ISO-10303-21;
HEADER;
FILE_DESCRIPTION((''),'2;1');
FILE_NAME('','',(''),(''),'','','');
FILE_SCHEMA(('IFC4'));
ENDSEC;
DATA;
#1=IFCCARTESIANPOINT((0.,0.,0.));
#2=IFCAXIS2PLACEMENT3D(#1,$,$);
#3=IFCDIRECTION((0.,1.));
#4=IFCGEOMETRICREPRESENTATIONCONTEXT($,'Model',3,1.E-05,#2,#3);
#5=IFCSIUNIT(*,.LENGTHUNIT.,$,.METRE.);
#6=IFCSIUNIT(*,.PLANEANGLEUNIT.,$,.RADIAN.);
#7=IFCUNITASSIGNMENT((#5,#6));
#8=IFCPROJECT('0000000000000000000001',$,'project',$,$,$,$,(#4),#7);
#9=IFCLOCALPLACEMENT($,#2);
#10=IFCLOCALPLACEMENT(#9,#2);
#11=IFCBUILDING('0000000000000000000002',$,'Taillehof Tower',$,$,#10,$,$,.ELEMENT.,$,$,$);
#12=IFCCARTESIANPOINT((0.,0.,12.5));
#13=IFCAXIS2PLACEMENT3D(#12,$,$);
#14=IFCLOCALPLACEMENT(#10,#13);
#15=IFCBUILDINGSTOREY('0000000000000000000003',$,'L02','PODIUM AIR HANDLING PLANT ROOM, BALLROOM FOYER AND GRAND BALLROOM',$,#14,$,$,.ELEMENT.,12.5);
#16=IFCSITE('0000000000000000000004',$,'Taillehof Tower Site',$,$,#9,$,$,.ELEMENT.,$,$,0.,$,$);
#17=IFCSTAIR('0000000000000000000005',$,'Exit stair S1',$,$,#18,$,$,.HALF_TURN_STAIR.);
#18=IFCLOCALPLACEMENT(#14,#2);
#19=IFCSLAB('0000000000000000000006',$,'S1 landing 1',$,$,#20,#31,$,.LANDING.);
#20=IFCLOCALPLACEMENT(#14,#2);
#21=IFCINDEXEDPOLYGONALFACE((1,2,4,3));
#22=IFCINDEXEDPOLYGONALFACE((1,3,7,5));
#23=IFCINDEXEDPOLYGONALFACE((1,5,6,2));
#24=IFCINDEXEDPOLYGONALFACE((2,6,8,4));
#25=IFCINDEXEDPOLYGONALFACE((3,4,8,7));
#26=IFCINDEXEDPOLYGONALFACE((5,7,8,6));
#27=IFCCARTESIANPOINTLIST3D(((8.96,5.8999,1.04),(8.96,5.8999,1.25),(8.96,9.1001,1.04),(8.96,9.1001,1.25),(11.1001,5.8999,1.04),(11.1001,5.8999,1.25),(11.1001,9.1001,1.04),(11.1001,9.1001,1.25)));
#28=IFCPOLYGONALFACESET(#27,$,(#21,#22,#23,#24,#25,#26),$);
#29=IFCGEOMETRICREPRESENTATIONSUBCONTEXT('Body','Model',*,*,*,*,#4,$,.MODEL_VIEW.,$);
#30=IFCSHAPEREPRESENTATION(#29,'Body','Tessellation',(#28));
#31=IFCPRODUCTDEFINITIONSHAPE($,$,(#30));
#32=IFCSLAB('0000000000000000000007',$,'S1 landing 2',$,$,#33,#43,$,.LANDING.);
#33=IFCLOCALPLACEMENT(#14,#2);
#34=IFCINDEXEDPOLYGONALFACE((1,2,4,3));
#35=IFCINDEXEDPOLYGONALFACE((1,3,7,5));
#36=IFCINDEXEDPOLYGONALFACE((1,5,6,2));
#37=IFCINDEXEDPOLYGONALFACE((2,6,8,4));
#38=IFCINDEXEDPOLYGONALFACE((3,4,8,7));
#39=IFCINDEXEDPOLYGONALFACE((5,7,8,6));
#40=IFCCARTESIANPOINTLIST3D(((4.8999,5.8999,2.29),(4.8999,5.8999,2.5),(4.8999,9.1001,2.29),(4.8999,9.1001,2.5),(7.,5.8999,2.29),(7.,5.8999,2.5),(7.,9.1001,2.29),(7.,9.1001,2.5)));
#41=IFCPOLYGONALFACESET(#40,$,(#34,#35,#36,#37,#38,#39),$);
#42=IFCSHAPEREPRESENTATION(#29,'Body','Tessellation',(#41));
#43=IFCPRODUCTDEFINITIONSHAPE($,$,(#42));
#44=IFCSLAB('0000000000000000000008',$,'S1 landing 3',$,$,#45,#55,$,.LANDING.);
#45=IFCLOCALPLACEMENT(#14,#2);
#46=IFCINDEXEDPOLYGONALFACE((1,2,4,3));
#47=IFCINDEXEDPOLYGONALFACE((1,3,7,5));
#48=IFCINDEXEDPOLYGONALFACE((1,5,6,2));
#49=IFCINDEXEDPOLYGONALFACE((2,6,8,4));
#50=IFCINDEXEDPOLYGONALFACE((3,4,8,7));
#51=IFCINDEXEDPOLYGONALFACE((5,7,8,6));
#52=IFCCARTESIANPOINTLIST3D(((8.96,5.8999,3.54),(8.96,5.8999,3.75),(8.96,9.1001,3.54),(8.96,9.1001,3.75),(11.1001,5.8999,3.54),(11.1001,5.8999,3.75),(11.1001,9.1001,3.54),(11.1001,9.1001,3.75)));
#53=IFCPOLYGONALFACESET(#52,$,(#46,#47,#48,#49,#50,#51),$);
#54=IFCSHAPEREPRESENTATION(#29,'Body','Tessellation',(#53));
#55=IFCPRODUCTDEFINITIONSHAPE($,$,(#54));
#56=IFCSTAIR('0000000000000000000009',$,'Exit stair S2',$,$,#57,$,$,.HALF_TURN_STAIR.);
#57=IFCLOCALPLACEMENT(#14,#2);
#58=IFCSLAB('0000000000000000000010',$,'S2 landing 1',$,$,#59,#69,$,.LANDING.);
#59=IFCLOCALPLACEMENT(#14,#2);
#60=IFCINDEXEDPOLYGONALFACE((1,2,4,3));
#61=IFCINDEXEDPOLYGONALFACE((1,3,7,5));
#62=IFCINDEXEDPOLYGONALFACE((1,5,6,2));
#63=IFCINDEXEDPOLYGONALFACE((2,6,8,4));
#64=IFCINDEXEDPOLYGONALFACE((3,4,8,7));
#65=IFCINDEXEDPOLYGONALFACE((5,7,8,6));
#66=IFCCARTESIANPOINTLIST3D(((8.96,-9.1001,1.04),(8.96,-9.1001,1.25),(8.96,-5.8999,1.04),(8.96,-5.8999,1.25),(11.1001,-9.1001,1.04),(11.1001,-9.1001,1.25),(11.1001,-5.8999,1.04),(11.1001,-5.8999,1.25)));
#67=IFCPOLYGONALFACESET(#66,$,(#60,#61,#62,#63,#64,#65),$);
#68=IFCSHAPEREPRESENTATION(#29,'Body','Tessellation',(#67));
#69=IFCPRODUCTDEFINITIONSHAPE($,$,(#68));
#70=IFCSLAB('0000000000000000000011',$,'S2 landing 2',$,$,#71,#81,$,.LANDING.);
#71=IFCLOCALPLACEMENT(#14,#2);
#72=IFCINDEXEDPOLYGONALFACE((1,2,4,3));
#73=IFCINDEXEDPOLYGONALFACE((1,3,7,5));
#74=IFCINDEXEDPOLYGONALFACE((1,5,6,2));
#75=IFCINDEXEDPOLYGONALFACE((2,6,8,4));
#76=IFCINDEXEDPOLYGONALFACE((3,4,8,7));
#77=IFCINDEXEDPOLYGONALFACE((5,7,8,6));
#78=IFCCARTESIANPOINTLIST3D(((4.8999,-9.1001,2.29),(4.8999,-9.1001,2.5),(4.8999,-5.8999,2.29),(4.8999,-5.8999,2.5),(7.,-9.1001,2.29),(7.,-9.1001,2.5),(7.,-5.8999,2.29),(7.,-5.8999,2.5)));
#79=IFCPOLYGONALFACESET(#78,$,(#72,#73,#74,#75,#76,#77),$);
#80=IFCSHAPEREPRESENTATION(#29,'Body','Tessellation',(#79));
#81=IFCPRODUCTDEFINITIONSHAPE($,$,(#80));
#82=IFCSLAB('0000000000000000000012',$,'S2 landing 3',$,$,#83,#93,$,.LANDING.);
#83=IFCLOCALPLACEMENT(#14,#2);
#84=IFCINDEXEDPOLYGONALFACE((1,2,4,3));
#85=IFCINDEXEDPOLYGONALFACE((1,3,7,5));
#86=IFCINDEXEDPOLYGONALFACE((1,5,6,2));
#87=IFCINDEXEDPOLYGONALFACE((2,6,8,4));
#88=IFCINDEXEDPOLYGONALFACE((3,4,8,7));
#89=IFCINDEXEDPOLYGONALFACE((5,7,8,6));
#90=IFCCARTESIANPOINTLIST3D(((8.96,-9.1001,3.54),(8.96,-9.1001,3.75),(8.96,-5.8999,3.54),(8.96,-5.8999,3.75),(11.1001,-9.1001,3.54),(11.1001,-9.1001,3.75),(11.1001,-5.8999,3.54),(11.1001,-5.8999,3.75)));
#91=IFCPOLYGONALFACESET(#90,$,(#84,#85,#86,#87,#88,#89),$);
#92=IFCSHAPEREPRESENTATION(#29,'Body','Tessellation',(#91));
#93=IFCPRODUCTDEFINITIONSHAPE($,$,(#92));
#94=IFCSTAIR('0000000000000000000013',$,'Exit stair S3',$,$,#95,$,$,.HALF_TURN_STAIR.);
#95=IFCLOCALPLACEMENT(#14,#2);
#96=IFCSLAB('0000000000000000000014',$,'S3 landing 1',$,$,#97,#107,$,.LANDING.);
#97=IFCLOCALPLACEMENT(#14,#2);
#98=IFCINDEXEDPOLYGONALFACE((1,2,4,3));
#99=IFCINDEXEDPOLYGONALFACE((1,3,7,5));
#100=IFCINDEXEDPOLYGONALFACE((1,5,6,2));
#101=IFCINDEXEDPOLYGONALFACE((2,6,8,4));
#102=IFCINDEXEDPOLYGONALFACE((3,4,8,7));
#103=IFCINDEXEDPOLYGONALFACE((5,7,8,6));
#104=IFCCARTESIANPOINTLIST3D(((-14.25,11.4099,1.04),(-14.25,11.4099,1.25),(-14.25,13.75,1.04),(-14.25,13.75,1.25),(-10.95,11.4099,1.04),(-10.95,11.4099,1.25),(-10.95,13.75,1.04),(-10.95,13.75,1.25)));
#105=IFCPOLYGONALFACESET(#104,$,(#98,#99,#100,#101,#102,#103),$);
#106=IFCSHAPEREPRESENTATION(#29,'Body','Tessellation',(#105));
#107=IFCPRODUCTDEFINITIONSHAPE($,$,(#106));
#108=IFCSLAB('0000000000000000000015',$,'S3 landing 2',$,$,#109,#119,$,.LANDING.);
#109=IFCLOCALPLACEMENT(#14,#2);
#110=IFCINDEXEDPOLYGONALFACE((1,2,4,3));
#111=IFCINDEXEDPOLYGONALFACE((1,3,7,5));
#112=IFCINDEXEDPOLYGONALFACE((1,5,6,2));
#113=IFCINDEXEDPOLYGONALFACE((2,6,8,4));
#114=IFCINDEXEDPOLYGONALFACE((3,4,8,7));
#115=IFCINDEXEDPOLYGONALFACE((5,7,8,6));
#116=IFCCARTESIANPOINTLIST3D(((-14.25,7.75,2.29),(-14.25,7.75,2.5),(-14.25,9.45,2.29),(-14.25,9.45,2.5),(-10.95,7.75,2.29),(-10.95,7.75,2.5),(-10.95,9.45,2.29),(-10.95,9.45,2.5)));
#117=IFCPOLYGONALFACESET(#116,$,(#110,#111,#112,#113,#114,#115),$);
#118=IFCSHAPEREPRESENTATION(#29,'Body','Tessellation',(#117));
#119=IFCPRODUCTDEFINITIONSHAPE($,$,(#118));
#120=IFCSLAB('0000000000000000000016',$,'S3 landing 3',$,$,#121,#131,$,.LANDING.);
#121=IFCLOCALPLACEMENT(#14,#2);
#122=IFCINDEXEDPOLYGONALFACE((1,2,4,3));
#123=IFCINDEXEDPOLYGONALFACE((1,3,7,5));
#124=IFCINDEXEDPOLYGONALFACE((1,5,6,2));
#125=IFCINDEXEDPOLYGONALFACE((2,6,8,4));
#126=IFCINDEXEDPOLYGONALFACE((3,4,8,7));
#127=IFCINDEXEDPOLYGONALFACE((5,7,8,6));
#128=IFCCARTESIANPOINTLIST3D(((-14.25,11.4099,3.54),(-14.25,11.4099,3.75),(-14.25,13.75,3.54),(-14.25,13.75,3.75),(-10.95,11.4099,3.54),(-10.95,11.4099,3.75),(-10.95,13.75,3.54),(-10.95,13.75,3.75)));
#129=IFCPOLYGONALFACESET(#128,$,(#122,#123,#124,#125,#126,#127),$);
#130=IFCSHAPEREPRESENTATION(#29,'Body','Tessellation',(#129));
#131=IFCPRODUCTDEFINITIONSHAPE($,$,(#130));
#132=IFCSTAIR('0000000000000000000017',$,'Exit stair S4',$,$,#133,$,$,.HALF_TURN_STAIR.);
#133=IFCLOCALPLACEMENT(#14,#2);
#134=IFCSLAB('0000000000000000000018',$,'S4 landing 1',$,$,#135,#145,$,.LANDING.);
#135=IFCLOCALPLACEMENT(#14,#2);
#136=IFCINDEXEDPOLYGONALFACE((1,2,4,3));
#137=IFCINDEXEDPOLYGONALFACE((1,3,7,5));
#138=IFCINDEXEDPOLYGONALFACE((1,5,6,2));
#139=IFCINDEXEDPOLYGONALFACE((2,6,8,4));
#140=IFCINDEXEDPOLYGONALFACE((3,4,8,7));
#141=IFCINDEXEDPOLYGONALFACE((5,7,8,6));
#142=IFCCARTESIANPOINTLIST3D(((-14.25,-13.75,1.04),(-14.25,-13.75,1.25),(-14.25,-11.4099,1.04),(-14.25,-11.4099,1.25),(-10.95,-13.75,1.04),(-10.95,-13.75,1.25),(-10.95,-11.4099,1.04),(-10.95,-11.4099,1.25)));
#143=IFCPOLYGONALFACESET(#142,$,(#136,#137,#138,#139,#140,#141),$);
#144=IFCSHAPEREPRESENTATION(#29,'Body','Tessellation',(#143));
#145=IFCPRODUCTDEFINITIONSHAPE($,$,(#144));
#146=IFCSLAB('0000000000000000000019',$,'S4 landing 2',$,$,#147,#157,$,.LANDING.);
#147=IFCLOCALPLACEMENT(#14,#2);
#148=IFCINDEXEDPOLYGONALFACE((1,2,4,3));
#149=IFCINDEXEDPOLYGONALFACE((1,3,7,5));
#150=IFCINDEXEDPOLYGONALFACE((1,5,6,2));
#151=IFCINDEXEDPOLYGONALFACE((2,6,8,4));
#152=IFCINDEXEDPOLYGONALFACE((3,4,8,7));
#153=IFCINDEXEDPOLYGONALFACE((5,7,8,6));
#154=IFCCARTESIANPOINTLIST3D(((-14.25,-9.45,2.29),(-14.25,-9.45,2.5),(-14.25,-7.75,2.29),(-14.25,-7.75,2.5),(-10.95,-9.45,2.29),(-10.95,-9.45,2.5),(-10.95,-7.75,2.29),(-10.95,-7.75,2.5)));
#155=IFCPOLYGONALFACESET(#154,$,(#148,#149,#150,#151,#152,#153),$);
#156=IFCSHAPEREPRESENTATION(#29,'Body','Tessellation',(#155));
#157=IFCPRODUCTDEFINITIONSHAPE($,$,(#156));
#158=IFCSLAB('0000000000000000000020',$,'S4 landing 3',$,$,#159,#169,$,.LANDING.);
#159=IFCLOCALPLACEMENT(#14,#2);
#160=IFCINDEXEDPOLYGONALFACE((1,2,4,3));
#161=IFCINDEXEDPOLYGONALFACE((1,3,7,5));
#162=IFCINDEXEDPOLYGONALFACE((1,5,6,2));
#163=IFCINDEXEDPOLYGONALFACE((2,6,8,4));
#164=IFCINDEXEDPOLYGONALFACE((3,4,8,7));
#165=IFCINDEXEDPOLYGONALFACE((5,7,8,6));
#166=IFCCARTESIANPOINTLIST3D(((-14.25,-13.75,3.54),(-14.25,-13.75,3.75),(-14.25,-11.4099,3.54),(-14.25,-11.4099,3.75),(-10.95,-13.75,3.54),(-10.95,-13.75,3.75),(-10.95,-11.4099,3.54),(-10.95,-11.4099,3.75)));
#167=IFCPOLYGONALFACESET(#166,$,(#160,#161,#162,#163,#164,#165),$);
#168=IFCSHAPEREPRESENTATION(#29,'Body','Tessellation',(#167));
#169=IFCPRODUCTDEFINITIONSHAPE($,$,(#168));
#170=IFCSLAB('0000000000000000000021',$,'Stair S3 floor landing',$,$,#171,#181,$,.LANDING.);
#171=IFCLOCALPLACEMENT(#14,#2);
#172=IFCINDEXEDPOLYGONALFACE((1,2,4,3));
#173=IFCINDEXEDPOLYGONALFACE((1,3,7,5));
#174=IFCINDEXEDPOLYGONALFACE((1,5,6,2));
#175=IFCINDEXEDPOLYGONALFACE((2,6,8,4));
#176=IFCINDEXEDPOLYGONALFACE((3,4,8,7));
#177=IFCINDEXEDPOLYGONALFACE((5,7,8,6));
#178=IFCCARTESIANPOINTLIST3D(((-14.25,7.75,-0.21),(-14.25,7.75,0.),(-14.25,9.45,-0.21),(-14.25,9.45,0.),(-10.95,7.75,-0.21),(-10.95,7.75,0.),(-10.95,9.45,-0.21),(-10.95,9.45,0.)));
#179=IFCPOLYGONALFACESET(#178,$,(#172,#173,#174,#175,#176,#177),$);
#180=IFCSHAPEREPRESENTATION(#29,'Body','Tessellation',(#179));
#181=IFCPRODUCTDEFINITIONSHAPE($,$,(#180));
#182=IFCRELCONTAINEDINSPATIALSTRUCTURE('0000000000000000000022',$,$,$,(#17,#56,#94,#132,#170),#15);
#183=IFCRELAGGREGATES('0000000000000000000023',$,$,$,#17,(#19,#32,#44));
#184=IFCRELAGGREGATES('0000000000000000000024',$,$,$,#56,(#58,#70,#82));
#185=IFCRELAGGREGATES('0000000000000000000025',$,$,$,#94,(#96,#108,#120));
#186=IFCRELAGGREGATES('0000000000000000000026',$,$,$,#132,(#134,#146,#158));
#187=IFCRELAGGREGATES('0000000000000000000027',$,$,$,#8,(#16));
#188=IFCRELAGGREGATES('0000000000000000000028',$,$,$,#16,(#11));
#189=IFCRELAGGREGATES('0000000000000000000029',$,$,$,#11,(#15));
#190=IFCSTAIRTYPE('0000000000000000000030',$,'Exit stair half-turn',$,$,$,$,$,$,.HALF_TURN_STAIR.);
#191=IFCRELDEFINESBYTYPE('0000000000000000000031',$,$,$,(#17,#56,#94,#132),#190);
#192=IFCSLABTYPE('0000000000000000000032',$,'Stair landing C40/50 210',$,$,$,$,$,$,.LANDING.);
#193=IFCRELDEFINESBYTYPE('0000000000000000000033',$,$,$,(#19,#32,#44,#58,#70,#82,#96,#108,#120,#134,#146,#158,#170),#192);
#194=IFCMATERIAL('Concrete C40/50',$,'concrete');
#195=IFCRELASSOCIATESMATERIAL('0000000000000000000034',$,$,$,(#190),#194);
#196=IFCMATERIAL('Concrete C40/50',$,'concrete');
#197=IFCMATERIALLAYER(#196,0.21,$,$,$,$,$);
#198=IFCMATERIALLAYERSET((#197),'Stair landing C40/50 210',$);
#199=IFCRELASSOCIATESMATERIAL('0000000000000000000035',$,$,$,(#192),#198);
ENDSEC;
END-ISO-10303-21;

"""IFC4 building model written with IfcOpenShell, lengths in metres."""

from ifc_helpers import new_model, si_unit, direction, frame, origin, place, context, subcontext, project, spatial, polyline, outline, extrude, material, layer, layer_set, type_object, element, aggregate, save


model = new_model("IFC4")

# Units and contexts
model_context = context("Model", 3, precision=1e-05, world=origin(), true_north=direction((0.0, 1.0)))
body_context = subcontext(model_context, "Body", "Model", "MODEL_VIEW")
ifc_project = project(units=[si_unit("LENGTHUNIT", "METRE"), si_unit("PLANEANGLEUNIT", "RADIAN")], contexts=[model_context])

# Site, building, storey
site_placement = place(None, origin())
site = spatial("IfcSite", under=ifc_project, at=site_placement, Name="Taillehof Tower Site", CompositionType="ELEMENT", RefElevation=0.0)
building_placement = place(site_placement, origin())
building = spatial("IfcBuilding", under=site, at=building_placement, Name="Taillehof Tower", CompositionType="ELEMENT")
storey_placement = place(building_placement, frame((0.0, 0.0, 12.5)))
storey = spatial("IfcBuildingStorey", under=building, at=storey_placement, Name="L02", Description="PODIUM AIR HANDLING PLANT ROOM, BALLROOM FOYER AND GRAND BALLROOM", CompositionType="ELEMENT", Elevation=12.5)

# Stairs, slabs
ifc_material_1 = material(Name="Concrete C40/50", Category="concrete")
stair_type = type_object("IfcStairType", Name="Exit stair half-turn", PredefinedType="HALF_TURN_STAIR", material=ifc_material_1)
stair_1_placement = place(storey_placement, origin())
stair_1 = element("IfcStair", 1, at=stair_1_placement, inside=storey, type_object=stair_type, Name="Exit stair S1", PredefinedType="HALF_TURN_STAIR")
ifc_material_2 = material(Name="Concrete C40/50", Category="concrete")
ifc_layer = layer(ifc_material_2, 0.21)
ifc_layer_set = layer_set([ifc_layer], Name="Stair landing C40/50 210")
slab_type = type_object("IfcSlabType", Name="Stair landing C40/50 210", PredefinedType="LANDING", material=ifc_layer_set)
slab_1_placement = place(storey_placement, frame((0.0, 0.0, 1.04)))
slab_1 = element("IfcSlab", 2, at=slab_1_placement, type_object=slab_type, Name="S1 landing 1", PredefinedType="LANDING", context=body_context, shape_type="SweptSolid", body=[
    extrude(outline(polyline([(8.96, 5.8999), (11.1001, 5.8999), (11.1001, 9.1001), (8.96, 9.1001), (8.96, 5.8999)])), origin(), (0.0, 0.0, 1.0), 0.21),
])
slab_2_placement = place(storey_placement, frame((0.0, 0.0, 2.29)))
slab_2 = element("IfcSlab", 3, at=slab_2_placement, type_object=slab_type, Name="S1 landing 2", PredefinedType="LANDING", context=body_context, shape_type="SweptSolid", body=[
    extrude(outline(polyline([(4.8999, 5.8999), (7.0, 5.8999), (7.0, 9.1001), (4.8999, 9.1001), (4.8999, 5.8999)])), origin(), (0.0, 0.0, 1.0), 0.21),
])
slab_3_placement = place(storey_placement, frame((0.0, 0.0, 3.54)))
slab_3 = element("IfcSlab", 4, at=slab_3_placement, type_object=slab_type, Name="S1 landing 3", PredefinedType="LANDING", context=body_context, shape_type="SweptSolid", body=[
    extrude(outline(polyline([(8.96, 5.8999), (11.1001, 5.8999), (11.1001, 9.1001), (8.96, 9.1001), (8.96, 5.8999)])), origin(), (0.0, 0.0, 1.0), 0.21),
])
aggregate(stair_1, [slab_1, slab_2, slab_3])
stair_2_placement = place(storey_placement, origin())
stair_2 = element("IfcStair", 5, at=stair_2_placement, inside=storey, type_object=stair_type, Name="Exit stair S2", PredefinedType="HALF_TURN_STAIR")
slab_4_placement = place(storey_placement, frame((0.0, 0.0, 1.04)))
slab_4 = element("IfcSlab", 6, at=slab_4_placement, type_object=slab_type, Name="S2 landing 1", PredefinedType="LANDING", context=body_context, shape_type="SweptSolid", body=[
    extrude(outline(polyline([(8.96, -5.8999), (11.1001, -5.8999), (11.1001, -9.1001), (8.96, -9.1001), (8.96, -5.8999)])), origin(), (0.0, 0.0, 1.0), 0.21),
])
slab_5_placement = place(storey_placement, frame((0.0, 0.0, 2.29)))
slab_5 = element("IfcSlab", 7, at=slab_5_placement, type_object=slab_type, Name="S2 landing 2", PredefinedType="LANDING", context=body_context, shape_type="SweptSolid", body=[
    extrude(outline(polyline([(4.8999, -5.8999), (7.0, -5.8999), (7.0, -9.1001), (4.8999, -9.1001), (4.8999, -5.8999)])), origin(), (0.0, 0.0, 1.0), 0.21),
])
slab_6_placement = place(storey_placement, frame((0.0, 0.0, 3.54)))
slab_6 = element("IfcSlab", 8, at=slab_6_placement, type_object=slab_type, Name="S2 landing 3", PredefinedType="LANDING", context=body_context, shape_type="SweptSolid", body=[
    extrude(outline(polyline([(8.96, -5.8999), (11.1001, -5.8999), (11.1001, -9.1001), (8.96, -9.1001), (8.96, -5.8999)])), origin(), (0.0, 0.0, 1.0), 0.21),
])
aggregate(stair_2, [slab_4, slab_5, slab_6])
stair_3_placement = place(storey_placement, origin())
stair_3 = element("IfcStair", 9, at=stair_3_placement, inside=storey, type_object=stair_type, Name="Exit stair S3", PredefinedType="HALF_TURN_STAIR")
slab_7_placement = place(storey_placement, frame((0.0, 0.0, 1.04)))
slab_7 = element("IfcSlab", 10, at=slab_7_placement, type_object=slab_type, Name="S3 landing 1", PredefinedType="LANDING", context=body_context, shape_type="SweptSolid", body=[
    extrude(outline(polyline([(-14.25, 11.4099), (-14.25, 13.75), (-10.95, 13.75), (-10.95, 11.4099), (-14.25, 11.4099)])), origin(), (0.0, 0.0, 1.0), 0.21),
])
slab_8_placement = place(storey_placement, frame((0.0, 0.0, 2.29)))
slab_8 = element("IfcSlab", 11, at=slab_8_placement, type_object=slab_type, Name="S3 landing 2", PredefinedType="LANDING", context=body_context, shape_type="SweptSolid", body=[
    extrude(outline(polyline([(-14.25, 7.75), (-14.25, 9.45), (-10.95, 9.45), (-10.95, 7.75), (-14.25, 7.75)])), origin(), (0.0, 0.0, 1.0), 0.21),
])
slab_9_placement = place(storey_placement, frame((0.0, 0.0, 3.54)))
slab_9 = element("IfcSlab", 12, at=slab_9_placement, type_object=slab_type, Name="S3 landing 3", PredefinedType="LANDING", context=body_context, shape_type="SweptSolid", body=[
    extrude(outline(polyline([(-14.25, 11.4099), (-14.25, 13.75), (-10.95, 13.75), (-10.95, 11.4099), (-14.25, 11.4099)])), origin(), (0.0, 0.0, 1.0), 0.21),
])
aggregate(stair_3, [slab_7, slab_8, slab_9])
stair_4_placement = place(storey_placement, origin())
stair_4 = element("IfcStair", 13, at=stair_4_placement, inside=storey, type_object=stair_type, Name="Exit stair S4", PredefinedType="HALF_TURN_STAIR")
slab_10_placement = place(storey_placement, frame((0.0, 0.0, 1.04)))
slab_10 = element("IfcSlab", 14, at=slab_10_placement, type_object=slab_type, Name="S4 landing 1", PredefinedType="LANDING", context=body_context, shape_type="SweptSolid", body=[
    extrude(outline(polyline([(-14.25, -11.4099), (-14.25, -13.75), (-10.95, -13.75), (-10.95, -11.4099), (-14.25, -11.4099)])), origin(), (0.0, 0.0, 1.0), 0.21),
])
slab_11_placement = place(storey_placement, frame((0.0, 0.0, 2.29)))
slab_11 = element("IfcSlab", 15, at=slab_11_placement, type_object=slab_type, Name="S4 landing 2", PredefinedType="LANDING", context=body_context, shape_type="SweptSolid", body=[
    extrude(outline(polyline([(-14.25, -7.75), (-14.25, -9.45), (-10.95, -9.45), (-10.95, -7.75), (-14.25, -7.75)])), origin(), (0.0, 0.0, 1.0), 0.21),
])
slab_12_placement = place(storey_placement, frame((0.0, 0.0, 3.54)))
slab_12 = element("IfcSlab", 16, at=slab_12_placement, type_object=slab_type, Name="S4 landing 3", PredefinedType="LANDING", context=body_context, shape_type="SweptSolid", body=[
    extrude(outline(polyline([(-14.25, -11.4099), (-14.25, -13.75), (-10.95, -13.75), (-10.95, -11.4099), (-14.25, -11.4099)])), origin(), (0.0, 0.0, 1.0), 0.21),
])
aggregate(stair_4, [slab_10, slab_11, slab_12])

# Slab
slab_13_placement = place(storey_placement, frame((0.0, 0.0, -0.21)))
element("IfcSlab", 17, at=slab_13_placement, inside=storey, type_object=slab_type, Name="Stair S3 floor landing", PredefinedType="LANDING", context=body_context, shape_type="SweptSolid", body=[
    extrude(outline(polyline([(-14.25, 7.75), (-14.25, 9.45), (-10.95, 9.45), (-10.95, 7.75), (-14.25, 7.75)])), origin(), (0.0, 0.0, 1.0), 0.21),
])

save(model, "model.ifc")
